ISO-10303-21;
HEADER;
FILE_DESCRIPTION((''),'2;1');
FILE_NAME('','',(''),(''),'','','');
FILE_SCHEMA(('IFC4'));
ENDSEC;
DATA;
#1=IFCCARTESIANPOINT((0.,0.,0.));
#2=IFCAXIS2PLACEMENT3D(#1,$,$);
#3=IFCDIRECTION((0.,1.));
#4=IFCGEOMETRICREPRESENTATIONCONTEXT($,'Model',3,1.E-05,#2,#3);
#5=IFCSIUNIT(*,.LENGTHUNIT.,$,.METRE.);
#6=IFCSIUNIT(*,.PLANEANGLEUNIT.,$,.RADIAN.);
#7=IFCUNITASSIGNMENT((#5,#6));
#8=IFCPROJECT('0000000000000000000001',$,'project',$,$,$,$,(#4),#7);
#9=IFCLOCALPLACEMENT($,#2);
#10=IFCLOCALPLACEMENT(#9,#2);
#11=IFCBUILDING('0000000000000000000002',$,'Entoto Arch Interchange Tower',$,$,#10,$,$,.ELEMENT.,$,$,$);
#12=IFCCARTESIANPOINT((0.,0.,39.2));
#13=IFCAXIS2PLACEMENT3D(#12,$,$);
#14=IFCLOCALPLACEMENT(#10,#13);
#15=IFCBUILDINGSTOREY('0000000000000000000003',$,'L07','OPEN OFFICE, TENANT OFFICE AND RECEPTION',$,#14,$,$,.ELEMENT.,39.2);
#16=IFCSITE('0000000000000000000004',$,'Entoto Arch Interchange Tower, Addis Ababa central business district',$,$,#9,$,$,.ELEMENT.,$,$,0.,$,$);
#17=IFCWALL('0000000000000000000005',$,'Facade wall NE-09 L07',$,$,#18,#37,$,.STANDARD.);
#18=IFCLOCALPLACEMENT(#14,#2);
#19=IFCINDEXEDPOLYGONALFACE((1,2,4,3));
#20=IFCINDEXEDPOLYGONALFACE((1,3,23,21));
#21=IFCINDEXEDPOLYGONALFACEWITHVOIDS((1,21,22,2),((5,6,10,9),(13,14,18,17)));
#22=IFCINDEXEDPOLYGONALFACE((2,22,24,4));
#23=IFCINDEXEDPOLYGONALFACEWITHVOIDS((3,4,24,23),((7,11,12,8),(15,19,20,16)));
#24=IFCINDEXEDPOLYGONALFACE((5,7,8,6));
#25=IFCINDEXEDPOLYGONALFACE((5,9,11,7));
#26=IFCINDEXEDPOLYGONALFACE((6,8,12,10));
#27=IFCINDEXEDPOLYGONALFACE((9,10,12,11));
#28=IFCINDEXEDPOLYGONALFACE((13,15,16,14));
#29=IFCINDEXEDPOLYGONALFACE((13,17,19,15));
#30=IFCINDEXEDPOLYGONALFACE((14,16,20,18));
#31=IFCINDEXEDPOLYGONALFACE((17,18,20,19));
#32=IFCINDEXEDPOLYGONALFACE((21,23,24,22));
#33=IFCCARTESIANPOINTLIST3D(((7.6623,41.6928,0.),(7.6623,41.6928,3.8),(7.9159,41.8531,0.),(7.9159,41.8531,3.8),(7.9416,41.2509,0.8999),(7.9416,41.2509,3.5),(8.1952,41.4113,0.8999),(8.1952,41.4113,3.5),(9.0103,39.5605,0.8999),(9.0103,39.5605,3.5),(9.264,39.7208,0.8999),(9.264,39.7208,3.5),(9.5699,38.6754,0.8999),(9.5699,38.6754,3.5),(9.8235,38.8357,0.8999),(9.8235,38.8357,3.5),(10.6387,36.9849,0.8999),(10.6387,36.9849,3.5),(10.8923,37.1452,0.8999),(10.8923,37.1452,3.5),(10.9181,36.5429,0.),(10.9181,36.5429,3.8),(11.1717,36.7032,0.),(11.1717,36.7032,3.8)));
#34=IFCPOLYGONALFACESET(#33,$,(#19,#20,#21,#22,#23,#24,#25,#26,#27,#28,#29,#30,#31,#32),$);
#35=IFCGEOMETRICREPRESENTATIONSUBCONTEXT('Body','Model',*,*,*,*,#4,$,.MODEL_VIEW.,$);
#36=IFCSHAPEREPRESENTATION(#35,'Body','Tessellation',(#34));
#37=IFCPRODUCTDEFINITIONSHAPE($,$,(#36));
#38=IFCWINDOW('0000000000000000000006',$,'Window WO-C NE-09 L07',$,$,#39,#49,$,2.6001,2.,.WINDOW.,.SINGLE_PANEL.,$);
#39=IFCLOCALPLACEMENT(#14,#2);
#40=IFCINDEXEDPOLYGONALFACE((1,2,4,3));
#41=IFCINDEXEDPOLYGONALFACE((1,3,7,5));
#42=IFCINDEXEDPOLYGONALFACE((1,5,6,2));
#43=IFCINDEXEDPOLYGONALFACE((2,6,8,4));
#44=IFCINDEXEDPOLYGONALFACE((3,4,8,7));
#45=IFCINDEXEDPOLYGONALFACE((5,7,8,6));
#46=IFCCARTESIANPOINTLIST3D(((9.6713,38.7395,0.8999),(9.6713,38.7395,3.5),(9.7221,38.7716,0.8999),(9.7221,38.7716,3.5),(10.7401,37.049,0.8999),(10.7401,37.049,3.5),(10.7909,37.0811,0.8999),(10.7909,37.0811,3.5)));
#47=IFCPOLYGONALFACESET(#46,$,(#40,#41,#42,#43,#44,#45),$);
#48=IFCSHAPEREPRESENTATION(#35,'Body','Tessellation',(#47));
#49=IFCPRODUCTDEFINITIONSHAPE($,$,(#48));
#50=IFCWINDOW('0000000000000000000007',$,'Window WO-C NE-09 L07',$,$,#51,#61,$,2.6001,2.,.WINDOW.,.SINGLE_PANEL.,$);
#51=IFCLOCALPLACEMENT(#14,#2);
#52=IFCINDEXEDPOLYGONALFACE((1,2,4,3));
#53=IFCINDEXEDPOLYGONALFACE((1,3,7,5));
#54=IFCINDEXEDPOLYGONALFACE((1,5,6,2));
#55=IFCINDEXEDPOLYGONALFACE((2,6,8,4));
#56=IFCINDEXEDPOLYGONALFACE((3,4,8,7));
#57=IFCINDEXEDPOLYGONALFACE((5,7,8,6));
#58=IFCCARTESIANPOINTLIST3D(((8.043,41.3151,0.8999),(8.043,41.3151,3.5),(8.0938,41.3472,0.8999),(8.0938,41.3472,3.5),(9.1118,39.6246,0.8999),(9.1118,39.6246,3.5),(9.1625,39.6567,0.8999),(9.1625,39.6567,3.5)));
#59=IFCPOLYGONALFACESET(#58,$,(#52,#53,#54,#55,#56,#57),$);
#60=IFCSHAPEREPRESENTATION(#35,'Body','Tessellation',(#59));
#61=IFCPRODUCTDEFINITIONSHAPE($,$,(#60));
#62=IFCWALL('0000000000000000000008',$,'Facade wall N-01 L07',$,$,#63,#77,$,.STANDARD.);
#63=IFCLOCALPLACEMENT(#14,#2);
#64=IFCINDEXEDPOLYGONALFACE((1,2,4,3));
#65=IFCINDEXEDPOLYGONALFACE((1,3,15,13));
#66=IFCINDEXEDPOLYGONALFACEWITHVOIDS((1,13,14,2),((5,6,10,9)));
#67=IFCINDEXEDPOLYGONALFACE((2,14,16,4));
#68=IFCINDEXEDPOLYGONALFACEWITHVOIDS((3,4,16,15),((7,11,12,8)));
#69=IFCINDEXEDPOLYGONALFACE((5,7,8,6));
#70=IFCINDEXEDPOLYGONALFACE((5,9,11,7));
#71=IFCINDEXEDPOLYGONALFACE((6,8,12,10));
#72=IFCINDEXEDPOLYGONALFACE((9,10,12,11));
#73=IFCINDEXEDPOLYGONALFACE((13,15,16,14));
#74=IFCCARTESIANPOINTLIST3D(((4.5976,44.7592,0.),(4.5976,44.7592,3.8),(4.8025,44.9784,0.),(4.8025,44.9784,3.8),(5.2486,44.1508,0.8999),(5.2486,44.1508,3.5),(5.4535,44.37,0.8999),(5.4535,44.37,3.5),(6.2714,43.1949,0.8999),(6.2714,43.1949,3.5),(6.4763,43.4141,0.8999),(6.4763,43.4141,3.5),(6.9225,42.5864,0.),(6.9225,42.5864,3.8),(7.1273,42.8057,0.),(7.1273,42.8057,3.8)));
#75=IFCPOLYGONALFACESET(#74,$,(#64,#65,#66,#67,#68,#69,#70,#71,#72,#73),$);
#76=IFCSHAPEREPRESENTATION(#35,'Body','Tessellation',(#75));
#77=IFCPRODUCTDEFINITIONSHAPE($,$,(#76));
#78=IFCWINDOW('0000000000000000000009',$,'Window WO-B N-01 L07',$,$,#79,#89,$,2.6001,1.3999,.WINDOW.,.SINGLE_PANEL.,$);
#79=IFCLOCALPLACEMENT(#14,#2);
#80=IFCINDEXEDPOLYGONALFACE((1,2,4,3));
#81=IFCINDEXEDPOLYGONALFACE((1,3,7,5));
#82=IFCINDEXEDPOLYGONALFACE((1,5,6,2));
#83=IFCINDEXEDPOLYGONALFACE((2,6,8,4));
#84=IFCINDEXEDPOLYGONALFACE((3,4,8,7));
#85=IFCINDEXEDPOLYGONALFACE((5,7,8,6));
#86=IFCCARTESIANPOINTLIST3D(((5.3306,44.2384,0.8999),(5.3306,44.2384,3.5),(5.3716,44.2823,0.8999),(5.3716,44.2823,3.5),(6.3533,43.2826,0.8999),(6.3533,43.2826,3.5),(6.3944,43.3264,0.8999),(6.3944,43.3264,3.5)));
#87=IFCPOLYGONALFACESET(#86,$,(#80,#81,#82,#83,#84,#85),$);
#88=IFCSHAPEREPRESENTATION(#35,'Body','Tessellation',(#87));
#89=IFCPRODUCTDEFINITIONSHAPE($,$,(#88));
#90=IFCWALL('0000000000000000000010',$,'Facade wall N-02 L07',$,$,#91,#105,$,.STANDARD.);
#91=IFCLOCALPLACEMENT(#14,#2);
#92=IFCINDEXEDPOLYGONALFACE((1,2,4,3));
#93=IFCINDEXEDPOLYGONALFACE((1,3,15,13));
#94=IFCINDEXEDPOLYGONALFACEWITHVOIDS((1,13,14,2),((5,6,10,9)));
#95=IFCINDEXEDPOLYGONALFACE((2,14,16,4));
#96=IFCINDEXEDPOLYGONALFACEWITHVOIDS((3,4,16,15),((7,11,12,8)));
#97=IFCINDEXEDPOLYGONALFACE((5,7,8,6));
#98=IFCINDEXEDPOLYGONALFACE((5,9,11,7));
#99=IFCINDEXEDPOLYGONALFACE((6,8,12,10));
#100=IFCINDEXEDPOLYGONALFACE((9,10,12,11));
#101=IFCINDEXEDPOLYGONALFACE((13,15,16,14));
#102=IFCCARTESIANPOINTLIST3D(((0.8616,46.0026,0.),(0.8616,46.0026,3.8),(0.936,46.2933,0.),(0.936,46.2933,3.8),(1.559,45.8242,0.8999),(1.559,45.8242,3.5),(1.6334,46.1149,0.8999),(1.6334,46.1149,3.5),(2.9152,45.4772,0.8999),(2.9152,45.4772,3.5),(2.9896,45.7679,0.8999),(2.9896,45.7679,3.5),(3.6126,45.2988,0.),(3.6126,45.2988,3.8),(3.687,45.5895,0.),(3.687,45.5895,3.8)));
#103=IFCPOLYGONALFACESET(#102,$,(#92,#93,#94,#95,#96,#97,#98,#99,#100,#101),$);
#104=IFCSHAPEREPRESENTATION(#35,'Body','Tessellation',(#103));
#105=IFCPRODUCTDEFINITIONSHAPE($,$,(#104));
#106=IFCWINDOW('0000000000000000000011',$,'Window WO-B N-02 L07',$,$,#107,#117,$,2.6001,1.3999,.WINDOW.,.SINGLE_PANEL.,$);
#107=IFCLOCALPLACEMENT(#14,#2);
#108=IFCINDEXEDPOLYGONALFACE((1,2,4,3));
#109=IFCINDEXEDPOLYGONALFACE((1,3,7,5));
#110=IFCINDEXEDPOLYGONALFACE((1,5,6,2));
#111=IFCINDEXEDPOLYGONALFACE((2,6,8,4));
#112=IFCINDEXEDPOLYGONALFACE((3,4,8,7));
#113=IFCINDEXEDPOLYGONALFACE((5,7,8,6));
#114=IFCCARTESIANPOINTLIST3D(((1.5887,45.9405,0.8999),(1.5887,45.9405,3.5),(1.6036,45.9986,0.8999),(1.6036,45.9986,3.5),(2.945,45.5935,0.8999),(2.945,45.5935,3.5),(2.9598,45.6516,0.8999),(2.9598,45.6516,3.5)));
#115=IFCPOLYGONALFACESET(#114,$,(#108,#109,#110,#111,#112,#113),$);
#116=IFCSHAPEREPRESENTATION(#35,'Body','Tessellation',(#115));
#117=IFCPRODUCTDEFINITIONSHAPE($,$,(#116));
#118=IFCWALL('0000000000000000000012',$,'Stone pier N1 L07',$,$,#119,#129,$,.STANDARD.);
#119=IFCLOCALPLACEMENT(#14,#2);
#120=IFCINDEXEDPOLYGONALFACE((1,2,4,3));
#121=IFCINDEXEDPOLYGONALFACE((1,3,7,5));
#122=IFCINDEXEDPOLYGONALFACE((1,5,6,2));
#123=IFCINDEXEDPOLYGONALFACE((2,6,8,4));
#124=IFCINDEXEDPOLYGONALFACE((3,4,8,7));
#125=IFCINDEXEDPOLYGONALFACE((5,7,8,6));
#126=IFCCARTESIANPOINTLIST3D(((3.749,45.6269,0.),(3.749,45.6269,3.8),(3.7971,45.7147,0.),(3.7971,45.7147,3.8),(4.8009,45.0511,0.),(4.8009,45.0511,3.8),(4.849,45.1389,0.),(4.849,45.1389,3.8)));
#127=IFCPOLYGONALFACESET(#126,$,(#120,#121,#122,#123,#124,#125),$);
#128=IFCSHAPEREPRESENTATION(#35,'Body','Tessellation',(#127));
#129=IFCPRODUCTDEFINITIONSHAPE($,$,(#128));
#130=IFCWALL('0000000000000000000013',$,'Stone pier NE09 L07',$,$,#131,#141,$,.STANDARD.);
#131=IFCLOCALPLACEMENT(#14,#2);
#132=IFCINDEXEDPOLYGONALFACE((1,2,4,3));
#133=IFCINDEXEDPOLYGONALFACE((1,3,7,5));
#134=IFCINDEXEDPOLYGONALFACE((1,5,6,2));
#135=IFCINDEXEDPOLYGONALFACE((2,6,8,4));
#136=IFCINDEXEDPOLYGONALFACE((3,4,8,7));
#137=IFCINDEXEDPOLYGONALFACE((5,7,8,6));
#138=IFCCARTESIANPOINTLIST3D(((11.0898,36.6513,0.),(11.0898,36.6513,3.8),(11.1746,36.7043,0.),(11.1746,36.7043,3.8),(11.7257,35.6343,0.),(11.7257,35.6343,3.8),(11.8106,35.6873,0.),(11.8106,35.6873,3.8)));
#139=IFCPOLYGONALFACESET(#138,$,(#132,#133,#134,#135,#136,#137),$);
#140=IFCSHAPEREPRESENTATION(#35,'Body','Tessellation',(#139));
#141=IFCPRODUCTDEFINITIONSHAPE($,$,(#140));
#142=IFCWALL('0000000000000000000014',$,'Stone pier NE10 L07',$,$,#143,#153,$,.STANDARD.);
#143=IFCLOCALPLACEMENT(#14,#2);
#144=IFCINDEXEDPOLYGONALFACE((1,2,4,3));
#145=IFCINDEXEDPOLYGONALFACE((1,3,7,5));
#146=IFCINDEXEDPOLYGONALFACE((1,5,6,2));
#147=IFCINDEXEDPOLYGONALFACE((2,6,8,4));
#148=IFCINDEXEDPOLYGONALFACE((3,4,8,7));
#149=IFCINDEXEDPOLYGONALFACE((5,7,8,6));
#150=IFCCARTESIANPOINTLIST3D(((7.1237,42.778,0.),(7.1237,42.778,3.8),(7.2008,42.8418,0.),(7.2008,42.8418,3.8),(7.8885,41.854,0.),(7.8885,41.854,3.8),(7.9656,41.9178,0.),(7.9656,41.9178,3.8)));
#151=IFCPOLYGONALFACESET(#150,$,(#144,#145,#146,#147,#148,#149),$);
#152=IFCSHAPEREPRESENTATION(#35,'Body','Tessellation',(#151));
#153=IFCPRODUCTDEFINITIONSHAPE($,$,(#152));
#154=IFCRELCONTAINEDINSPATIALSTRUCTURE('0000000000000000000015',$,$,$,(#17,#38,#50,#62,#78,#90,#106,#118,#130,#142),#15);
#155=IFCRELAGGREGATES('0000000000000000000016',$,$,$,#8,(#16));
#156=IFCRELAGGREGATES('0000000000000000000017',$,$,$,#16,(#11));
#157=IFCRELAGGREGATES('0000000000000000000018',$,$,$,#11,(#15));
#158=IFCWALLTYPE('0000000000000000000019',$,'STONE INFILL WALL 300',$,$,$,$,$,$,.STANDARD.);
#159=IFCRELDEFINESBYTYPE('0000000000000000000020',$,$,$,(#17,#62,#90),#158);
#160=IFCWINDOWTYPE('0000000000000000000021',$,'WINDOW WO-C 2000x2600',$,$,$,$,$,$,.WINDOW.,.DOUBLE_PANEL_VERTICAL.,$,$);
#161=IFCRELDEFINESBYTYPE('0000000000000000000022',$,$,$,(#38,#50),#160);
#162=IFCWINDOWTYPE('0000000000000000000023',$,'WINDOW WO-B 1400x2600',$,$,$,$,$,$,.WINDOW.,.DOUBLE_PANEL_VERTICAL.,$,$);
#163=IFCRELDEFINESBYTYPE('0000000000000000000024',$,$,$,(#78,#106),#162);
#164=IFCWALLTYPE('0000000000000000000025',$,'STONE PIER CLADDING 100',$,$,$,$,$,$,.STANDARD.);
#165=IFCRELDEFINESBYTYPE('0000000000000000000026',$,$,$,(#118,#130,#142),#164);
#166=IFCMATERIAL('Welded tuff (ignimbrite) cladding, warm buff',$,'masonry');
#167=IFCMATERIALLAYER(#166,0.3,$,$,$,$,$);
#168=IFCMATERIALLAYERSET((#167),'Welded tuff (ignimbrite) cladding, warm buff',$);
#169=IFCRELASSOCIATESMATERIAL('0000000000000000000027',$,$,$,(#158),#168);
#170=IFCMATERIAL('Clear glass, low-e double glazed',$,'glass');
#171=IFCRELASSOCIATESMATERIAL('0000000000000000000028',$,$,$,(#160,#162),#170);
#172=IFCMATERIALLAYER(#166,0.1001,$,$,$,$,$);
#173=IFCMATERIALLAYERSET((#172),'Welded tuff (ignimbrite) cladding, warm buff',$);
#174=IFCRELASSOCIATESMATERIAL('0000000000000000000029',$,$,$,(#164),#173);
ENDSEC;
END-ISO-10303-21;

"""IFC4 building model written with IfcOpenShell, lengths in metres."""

from ifc_helpers import new_model, si_unit, direction, frame, frame_2d, origin, place, context, subcontext, project, spatial, rectangle, extrude, material, layer, layer_set, type_object, element, fill, save


model = new_model("IFC4")

# Units and contexts
model_context = context("Model", 3, precision=1e-05, world=origin(), true_north=direction((0.0, 1.0)))
body_context = subcontext(model_context, "Body", "Model", "MODEL_VIEW")
ifc_project = project(units=[si_unit("LENGTHUNIT", "METRE"), si_unit("PLANEANGLEUNIT", "RADIAN")], contexts=[model_context])

# Site, building, storey
site_placement = place(None, origin())
site = spatial("IfcSite", under=ifc_project, at=site_placement, Name="Entoto Arch Interchange Tower, Addis Ababa central business district", CompositionType="ELEMENT", RefElevation=0.0)
building_placement = place(site_placement, origin())
building = spatial("IfcBuilding", under=site, at=building_placement, Name="Entoto Arch Interchange Tower", CompositionType="ELEMENT")
storey_placement = place(building_placement, frame((0.0, 0.0, 39.2)))
storey = spatial("IfcBuildingStorey", under=building, at=storey_placement, Name="L07", Description="OPEN OFFICE, TENANT OFFICE AND RECEPTION", CompositionType="ELEMENT", Elevation=39.2)

# Wall, openings, windows
ifc_material_1 = material(Name="Welded tuff (ignimbrite) cladding, warm buff", Category="masonry")
ifc_layer_1 = layer(ifc_material_1, 0.3)
ifc_layer_set_1 = layer_set([ifc_layer_1], Name="Welded tuff (ignimbrite) cladding, warm buff")
wall_type_1 = type_object("IfcWallType", Name="STONE INFILL WALL 300", PredefinedType="STANDARD", material=ifc_layer_set_1)
wall_1_placement = place(storey_placement, frame((11.0449, 36.623, 0.0), z_axis=(0.0, 0.0, 1.0), x_axis=(-0.534379, 0.845245, 0.0)))
wall_1 = element("IfcWall", 1, at=wall_1_placement, inside=storey, type_object=wall_type_1, Name="Facade wall NE-09 L07", PredefinedType="STANDARD", context=body_context, shape_type="SweptSolid", body=[
    extrude(rectangle(XDim=6.0928, YDim=0.3, at=frame_2d((3.0464, 0.0))), origin(), (0.0, 0.0, 1.0), 3.8),
])
opening_1_placement = place(wall_1_placement, frame((0.5229, 0.0, 0.8999)))
opening_1 = element("IfcOpeningElement", 2, at=opening_1_placement, cuts=wall_1, PredefinedType="OPENING", context=body_context, shape_type="SweptSolid", body=[
    extrude(rectangle(XDim=2.0, YDim=2.6001, at=frame_2d((1.0, 1.3))), frame((0.0, 0.1602, 0.0), z_axis=(0.0, -1.0, 0.0), x_axis=(1.0, 0.0, 0.0)), (0.0, 0.0, 1.0), 0.3201),
])
opening_2_placement = place(wall_1_placement, frame((3.5701, 0.0, 0.8999)))
opening_2 = element("IfcOpeningElement", 3, at=opening_2_placement, cuts=wall_1, PredefinedType="OPENING", context=body_context, shape_type="SweptSolid", body=[
    extrude(rectangle(XDim=2.0, YDim=2.6001, at=frame_2d((1.0, 1.3))), frame((0.0, 0.1602, 0.0), z_axis=(0.0, -1.0, 0.0), x_axis=(1.0, 0.0, 0.0)), (0.0, 0.0, 1.0), 0.3201),
])
ifc_material_2 = material(Name="Clear glass, low-e double glazed", Category="glass")
window_type_1 = type_object("IfcWindowType", Name="WINDOW WO-C 2000x2600", PartitioningType="DOUBLE_PANEL_VERTICAL", PredefinedType="WINDOW", material=ifc_material_2)
window_1_placement = place(opening_1_placement, origin())
window_1 = element("IfcWindow", 4, at=window_1_placement, inside=storey, type_object=window_type_1, Name="Window WO-C NE-09 L07", OverallHeight=2.6001, OverallWidth=2.0, PartitioningType="SINGLE_PANEL", PredefinedType="WINDOW", context=body_context, shape_type="SweptSolid", body=[
    extrude(rectangle(XDim=2.0, YDim=2.6001, at=frame_2d((1.0, 1.3))), frame((0.0, 0.03, 0.0), z_axis=(0.0, -1.0, 0.0), x_axis=(1.0, 0.0, 0.0)), (0.0, 0.0, 1.0), 0.0601),
])
fill(opening_1, window_1)
window_2_placement = place(opening_2_placement, origin())
window_2 = element("IfcWindow", 5, at=window_2_placement, inside=storey, type_object=window_type_1, Name="Window WO-C NE-09 L07", OverallHeight=2.6001, OverallWidth=2.0, PartitioningType="SINGLE_PANEL", PredefinedType="WINDOW", context=body_context, shape_type="SweptSolid", body=[
    extrude(rectangle(XDim=2.0, YDim=2.6001, at=frame_2d((1.0, 1.3))), frame((0.0, 0.03, 0.0), z_axis=(0.0, -1.0, 0.0), x_axis=(1.0, 0.0, 0.0)), (0.0, 0.0, 1.0), 0.0601),
])
fill(opening_2, window_2)

# Walls, openings, windows
wall_2_placement = place(storey_placement, frame((7.0249, 42.696, 0.0), z_axis=(0.0, 0.0, 1.0), x_axis=(-0.730601, 0.682805, 0.0)))
wall_2 = element("IfcWall", 6, at=wall_2_placement, inside=storey, type_object=wall_type_1, Name="Facade wall N-01 L07", PredefinedType="STANDARD", context=body_context, shape_type="SweptSolid", body=[
    extrude(rectangle(XDim=3.1821, YDim=0.3, at=frame_2d((1.5911, 0.0))), origin(), (0.0, 0.0, 1.0), 3.8),
])
opening_3_placement = place(wall_2_placement, frame((0.8911, 0.0, 0.8999)))
opening_3 = element("IfcOpeningElement", 7, at=opening_3_placement, cuts=wall_2, PredefinedType="OPENING", context=body_context, shape_type="SweptSolid", body=[
    extrude(rectangle(XDim=1.3999, YDim=2.6001, at=frame_2d((0.7, 1.3))), frame((0.0, 0.1602, 0.0), z_axis=(0.0, -1.0, 0.0), x_axis=(1.0, 0.0, 0.0)), (0.0, 0.0, 1.0), 0.3201),
])
window_type_2 = type_object("IfcWindowType", Name="WINDOW WO-B 1400x2600", PartitioningType="DOUBLE_PANEL_VERTICAL", PredefinedType="WINDOW", material=ifc_material_2)
window_3_placement = place(opening_3_placement, origin())
window_3 = element("IfcWindow", 8, at=window_3_placement, inside=storey, type_object=window_type_2, Name="Window WO-B N-01 L07", OverallHeight=2.6001, OverallWidth=1.3999, PartitioningType="SINGLE_PANEL", PredefinedType="WINDOW", context=body_context, shape_type="SweptSolid", body=[
    extrude(rectangle(XDim=1.3999, YDim=2.6001, at=frame_2d((0.7, 1.3))), frame((0.0, 0.03, 0.0), z_axis=(0.0, -1.0, 0.0), x_axis=(1.0, 0.0, 0.0)), (0.0, 0.0, 1.0), 0.0601),
])
fill(opening_3, window_3)
wall_3_placement = place(storey_placement, frame((3.6499, 45.4441, 0.0), z_axis=(0.0, 0.0, 1.0), x_axis=(-0.968793, 0.247873, 0.0)))
wall_3 = element("IfcWall", 9, at=wall_3_placement, inside=storey, type_object=wall_type_1, Name="Facade wall N-02 L07", PredefinedType="STANDARD", context=body_context, shape_type="SweptSolid", body=[
    extrude(rectangle(XDim=2.8396, YDim=0.3, at=frame_2d((1.4199, 0.0))), origin(), (0.0, 0.0, 1.0), 3.8),
])
opening_4_placement = place(wall_3_placement, frame((0.72, 0.0, 0.8999)))
opening_4 = element("IfcOpeningElement", 10, at=opening_4_placement, cuts=wall_3, PredefinedType="OPENING", context=body_context, shape_type="SweptSolid", body=[
    extrude(rectangle(XDim=1.3999, YDim=2.6001, at=frame_2d((0.7, 1.3))), frame((0.0, 0.1602, 0.0), z_axis=(0.0, -1.0, 0.0), x_axis=(1.0, 0.0, 0.0)), (0.0, 0.0, 1.0), 0.3201),
])
window_4_placement = place(opening_4_placement, origin())
window_4 = element("IfcWindow", 11, at=window_4_placement, inside=storey, type_object=window_type_2, Name="Window WO-B N-02 L07", OverallHeight=2.6001, OverallWidth=1.3999, PartitioningType="SINGLE_PANEL", PredefinedType="WINDOW", context=body_context, shape_type="SweptSolid", body=[
    extrude(rectangle(XDim=1.3999, YDim=2.6001, at=frame_2d((0.7, 1.3))), frame((0.0, 0.03, 0.0), z_axis=(0.0, -1.0, 0.0), x_axis=(1.0, 0.0, 0.0)), (0.0, 0.0, 1.0), 0.0601),
])
fill(opening_4, window_4)

# Walls
ifc_layer_2 = layer(ifc_material_1, 0.1001)
ifc_layer_set_2 = layer_set([ifc_layer_2], Name="Welded tuff (ignimbrite) cladding, warm buff")
wall_type_2 = type_object("IfcWallType", Name="STONE PIER CLADDING 100", PredefinedType="STANDARD", material=ifc_layer_set_2)
wall_4_placement = place(storey_placement, frame((4.825, 45.095, 0.0), z_axis=(0.0, 0.0, 1.0), x_axis=(-0.877155, 0.480206, 0.0)))
element("IfcWall", 12, at=wall_4_placement, inside=storey, type_object=wall_type_2, Name="Stone pier N1 L07", PredefinedType="STANDARD", context=body_context, shape_type="SweptSolid", body=[
    extrude(rectangle(XDim=1.1992, YDim=0.1001, at=frame_2d((0.5996, 0.0))), origin(), (0.0, 0.0, 1.0), 3.8),
])
for number, where, z_axis, x_axis, name in (
    (13, (11.7681, 35.6609, 0.0), (0.0, 0.0, 1.0), (-0.530182, 0.847884, 0.0), "Stone pier NE09 L07"),
    (14, (7.927, 41.886, 0.0), (0.0, 0.0, 1.0), (-0.637639, 0.770336, 0.0), "Stone pier NE10 L07"),
):
    element("IfcWall", number, at=place(storey_placement, frame(where, z_axis=z_axis, x_axis=x_axis)), inside=storey, type_object=wall_type_2, Name=name, PredefinedType="STANDARD", context=body_context, shape_type="SweptSolid", body=[
        extrude(rectangle(XDim=1.1995, YDim=0.1001, at=frame_2d((0.5996, 0.0))), origin(), (0.0, 0.0, 1.0), 3.8),
    ])

save(model, "model.ifc")
